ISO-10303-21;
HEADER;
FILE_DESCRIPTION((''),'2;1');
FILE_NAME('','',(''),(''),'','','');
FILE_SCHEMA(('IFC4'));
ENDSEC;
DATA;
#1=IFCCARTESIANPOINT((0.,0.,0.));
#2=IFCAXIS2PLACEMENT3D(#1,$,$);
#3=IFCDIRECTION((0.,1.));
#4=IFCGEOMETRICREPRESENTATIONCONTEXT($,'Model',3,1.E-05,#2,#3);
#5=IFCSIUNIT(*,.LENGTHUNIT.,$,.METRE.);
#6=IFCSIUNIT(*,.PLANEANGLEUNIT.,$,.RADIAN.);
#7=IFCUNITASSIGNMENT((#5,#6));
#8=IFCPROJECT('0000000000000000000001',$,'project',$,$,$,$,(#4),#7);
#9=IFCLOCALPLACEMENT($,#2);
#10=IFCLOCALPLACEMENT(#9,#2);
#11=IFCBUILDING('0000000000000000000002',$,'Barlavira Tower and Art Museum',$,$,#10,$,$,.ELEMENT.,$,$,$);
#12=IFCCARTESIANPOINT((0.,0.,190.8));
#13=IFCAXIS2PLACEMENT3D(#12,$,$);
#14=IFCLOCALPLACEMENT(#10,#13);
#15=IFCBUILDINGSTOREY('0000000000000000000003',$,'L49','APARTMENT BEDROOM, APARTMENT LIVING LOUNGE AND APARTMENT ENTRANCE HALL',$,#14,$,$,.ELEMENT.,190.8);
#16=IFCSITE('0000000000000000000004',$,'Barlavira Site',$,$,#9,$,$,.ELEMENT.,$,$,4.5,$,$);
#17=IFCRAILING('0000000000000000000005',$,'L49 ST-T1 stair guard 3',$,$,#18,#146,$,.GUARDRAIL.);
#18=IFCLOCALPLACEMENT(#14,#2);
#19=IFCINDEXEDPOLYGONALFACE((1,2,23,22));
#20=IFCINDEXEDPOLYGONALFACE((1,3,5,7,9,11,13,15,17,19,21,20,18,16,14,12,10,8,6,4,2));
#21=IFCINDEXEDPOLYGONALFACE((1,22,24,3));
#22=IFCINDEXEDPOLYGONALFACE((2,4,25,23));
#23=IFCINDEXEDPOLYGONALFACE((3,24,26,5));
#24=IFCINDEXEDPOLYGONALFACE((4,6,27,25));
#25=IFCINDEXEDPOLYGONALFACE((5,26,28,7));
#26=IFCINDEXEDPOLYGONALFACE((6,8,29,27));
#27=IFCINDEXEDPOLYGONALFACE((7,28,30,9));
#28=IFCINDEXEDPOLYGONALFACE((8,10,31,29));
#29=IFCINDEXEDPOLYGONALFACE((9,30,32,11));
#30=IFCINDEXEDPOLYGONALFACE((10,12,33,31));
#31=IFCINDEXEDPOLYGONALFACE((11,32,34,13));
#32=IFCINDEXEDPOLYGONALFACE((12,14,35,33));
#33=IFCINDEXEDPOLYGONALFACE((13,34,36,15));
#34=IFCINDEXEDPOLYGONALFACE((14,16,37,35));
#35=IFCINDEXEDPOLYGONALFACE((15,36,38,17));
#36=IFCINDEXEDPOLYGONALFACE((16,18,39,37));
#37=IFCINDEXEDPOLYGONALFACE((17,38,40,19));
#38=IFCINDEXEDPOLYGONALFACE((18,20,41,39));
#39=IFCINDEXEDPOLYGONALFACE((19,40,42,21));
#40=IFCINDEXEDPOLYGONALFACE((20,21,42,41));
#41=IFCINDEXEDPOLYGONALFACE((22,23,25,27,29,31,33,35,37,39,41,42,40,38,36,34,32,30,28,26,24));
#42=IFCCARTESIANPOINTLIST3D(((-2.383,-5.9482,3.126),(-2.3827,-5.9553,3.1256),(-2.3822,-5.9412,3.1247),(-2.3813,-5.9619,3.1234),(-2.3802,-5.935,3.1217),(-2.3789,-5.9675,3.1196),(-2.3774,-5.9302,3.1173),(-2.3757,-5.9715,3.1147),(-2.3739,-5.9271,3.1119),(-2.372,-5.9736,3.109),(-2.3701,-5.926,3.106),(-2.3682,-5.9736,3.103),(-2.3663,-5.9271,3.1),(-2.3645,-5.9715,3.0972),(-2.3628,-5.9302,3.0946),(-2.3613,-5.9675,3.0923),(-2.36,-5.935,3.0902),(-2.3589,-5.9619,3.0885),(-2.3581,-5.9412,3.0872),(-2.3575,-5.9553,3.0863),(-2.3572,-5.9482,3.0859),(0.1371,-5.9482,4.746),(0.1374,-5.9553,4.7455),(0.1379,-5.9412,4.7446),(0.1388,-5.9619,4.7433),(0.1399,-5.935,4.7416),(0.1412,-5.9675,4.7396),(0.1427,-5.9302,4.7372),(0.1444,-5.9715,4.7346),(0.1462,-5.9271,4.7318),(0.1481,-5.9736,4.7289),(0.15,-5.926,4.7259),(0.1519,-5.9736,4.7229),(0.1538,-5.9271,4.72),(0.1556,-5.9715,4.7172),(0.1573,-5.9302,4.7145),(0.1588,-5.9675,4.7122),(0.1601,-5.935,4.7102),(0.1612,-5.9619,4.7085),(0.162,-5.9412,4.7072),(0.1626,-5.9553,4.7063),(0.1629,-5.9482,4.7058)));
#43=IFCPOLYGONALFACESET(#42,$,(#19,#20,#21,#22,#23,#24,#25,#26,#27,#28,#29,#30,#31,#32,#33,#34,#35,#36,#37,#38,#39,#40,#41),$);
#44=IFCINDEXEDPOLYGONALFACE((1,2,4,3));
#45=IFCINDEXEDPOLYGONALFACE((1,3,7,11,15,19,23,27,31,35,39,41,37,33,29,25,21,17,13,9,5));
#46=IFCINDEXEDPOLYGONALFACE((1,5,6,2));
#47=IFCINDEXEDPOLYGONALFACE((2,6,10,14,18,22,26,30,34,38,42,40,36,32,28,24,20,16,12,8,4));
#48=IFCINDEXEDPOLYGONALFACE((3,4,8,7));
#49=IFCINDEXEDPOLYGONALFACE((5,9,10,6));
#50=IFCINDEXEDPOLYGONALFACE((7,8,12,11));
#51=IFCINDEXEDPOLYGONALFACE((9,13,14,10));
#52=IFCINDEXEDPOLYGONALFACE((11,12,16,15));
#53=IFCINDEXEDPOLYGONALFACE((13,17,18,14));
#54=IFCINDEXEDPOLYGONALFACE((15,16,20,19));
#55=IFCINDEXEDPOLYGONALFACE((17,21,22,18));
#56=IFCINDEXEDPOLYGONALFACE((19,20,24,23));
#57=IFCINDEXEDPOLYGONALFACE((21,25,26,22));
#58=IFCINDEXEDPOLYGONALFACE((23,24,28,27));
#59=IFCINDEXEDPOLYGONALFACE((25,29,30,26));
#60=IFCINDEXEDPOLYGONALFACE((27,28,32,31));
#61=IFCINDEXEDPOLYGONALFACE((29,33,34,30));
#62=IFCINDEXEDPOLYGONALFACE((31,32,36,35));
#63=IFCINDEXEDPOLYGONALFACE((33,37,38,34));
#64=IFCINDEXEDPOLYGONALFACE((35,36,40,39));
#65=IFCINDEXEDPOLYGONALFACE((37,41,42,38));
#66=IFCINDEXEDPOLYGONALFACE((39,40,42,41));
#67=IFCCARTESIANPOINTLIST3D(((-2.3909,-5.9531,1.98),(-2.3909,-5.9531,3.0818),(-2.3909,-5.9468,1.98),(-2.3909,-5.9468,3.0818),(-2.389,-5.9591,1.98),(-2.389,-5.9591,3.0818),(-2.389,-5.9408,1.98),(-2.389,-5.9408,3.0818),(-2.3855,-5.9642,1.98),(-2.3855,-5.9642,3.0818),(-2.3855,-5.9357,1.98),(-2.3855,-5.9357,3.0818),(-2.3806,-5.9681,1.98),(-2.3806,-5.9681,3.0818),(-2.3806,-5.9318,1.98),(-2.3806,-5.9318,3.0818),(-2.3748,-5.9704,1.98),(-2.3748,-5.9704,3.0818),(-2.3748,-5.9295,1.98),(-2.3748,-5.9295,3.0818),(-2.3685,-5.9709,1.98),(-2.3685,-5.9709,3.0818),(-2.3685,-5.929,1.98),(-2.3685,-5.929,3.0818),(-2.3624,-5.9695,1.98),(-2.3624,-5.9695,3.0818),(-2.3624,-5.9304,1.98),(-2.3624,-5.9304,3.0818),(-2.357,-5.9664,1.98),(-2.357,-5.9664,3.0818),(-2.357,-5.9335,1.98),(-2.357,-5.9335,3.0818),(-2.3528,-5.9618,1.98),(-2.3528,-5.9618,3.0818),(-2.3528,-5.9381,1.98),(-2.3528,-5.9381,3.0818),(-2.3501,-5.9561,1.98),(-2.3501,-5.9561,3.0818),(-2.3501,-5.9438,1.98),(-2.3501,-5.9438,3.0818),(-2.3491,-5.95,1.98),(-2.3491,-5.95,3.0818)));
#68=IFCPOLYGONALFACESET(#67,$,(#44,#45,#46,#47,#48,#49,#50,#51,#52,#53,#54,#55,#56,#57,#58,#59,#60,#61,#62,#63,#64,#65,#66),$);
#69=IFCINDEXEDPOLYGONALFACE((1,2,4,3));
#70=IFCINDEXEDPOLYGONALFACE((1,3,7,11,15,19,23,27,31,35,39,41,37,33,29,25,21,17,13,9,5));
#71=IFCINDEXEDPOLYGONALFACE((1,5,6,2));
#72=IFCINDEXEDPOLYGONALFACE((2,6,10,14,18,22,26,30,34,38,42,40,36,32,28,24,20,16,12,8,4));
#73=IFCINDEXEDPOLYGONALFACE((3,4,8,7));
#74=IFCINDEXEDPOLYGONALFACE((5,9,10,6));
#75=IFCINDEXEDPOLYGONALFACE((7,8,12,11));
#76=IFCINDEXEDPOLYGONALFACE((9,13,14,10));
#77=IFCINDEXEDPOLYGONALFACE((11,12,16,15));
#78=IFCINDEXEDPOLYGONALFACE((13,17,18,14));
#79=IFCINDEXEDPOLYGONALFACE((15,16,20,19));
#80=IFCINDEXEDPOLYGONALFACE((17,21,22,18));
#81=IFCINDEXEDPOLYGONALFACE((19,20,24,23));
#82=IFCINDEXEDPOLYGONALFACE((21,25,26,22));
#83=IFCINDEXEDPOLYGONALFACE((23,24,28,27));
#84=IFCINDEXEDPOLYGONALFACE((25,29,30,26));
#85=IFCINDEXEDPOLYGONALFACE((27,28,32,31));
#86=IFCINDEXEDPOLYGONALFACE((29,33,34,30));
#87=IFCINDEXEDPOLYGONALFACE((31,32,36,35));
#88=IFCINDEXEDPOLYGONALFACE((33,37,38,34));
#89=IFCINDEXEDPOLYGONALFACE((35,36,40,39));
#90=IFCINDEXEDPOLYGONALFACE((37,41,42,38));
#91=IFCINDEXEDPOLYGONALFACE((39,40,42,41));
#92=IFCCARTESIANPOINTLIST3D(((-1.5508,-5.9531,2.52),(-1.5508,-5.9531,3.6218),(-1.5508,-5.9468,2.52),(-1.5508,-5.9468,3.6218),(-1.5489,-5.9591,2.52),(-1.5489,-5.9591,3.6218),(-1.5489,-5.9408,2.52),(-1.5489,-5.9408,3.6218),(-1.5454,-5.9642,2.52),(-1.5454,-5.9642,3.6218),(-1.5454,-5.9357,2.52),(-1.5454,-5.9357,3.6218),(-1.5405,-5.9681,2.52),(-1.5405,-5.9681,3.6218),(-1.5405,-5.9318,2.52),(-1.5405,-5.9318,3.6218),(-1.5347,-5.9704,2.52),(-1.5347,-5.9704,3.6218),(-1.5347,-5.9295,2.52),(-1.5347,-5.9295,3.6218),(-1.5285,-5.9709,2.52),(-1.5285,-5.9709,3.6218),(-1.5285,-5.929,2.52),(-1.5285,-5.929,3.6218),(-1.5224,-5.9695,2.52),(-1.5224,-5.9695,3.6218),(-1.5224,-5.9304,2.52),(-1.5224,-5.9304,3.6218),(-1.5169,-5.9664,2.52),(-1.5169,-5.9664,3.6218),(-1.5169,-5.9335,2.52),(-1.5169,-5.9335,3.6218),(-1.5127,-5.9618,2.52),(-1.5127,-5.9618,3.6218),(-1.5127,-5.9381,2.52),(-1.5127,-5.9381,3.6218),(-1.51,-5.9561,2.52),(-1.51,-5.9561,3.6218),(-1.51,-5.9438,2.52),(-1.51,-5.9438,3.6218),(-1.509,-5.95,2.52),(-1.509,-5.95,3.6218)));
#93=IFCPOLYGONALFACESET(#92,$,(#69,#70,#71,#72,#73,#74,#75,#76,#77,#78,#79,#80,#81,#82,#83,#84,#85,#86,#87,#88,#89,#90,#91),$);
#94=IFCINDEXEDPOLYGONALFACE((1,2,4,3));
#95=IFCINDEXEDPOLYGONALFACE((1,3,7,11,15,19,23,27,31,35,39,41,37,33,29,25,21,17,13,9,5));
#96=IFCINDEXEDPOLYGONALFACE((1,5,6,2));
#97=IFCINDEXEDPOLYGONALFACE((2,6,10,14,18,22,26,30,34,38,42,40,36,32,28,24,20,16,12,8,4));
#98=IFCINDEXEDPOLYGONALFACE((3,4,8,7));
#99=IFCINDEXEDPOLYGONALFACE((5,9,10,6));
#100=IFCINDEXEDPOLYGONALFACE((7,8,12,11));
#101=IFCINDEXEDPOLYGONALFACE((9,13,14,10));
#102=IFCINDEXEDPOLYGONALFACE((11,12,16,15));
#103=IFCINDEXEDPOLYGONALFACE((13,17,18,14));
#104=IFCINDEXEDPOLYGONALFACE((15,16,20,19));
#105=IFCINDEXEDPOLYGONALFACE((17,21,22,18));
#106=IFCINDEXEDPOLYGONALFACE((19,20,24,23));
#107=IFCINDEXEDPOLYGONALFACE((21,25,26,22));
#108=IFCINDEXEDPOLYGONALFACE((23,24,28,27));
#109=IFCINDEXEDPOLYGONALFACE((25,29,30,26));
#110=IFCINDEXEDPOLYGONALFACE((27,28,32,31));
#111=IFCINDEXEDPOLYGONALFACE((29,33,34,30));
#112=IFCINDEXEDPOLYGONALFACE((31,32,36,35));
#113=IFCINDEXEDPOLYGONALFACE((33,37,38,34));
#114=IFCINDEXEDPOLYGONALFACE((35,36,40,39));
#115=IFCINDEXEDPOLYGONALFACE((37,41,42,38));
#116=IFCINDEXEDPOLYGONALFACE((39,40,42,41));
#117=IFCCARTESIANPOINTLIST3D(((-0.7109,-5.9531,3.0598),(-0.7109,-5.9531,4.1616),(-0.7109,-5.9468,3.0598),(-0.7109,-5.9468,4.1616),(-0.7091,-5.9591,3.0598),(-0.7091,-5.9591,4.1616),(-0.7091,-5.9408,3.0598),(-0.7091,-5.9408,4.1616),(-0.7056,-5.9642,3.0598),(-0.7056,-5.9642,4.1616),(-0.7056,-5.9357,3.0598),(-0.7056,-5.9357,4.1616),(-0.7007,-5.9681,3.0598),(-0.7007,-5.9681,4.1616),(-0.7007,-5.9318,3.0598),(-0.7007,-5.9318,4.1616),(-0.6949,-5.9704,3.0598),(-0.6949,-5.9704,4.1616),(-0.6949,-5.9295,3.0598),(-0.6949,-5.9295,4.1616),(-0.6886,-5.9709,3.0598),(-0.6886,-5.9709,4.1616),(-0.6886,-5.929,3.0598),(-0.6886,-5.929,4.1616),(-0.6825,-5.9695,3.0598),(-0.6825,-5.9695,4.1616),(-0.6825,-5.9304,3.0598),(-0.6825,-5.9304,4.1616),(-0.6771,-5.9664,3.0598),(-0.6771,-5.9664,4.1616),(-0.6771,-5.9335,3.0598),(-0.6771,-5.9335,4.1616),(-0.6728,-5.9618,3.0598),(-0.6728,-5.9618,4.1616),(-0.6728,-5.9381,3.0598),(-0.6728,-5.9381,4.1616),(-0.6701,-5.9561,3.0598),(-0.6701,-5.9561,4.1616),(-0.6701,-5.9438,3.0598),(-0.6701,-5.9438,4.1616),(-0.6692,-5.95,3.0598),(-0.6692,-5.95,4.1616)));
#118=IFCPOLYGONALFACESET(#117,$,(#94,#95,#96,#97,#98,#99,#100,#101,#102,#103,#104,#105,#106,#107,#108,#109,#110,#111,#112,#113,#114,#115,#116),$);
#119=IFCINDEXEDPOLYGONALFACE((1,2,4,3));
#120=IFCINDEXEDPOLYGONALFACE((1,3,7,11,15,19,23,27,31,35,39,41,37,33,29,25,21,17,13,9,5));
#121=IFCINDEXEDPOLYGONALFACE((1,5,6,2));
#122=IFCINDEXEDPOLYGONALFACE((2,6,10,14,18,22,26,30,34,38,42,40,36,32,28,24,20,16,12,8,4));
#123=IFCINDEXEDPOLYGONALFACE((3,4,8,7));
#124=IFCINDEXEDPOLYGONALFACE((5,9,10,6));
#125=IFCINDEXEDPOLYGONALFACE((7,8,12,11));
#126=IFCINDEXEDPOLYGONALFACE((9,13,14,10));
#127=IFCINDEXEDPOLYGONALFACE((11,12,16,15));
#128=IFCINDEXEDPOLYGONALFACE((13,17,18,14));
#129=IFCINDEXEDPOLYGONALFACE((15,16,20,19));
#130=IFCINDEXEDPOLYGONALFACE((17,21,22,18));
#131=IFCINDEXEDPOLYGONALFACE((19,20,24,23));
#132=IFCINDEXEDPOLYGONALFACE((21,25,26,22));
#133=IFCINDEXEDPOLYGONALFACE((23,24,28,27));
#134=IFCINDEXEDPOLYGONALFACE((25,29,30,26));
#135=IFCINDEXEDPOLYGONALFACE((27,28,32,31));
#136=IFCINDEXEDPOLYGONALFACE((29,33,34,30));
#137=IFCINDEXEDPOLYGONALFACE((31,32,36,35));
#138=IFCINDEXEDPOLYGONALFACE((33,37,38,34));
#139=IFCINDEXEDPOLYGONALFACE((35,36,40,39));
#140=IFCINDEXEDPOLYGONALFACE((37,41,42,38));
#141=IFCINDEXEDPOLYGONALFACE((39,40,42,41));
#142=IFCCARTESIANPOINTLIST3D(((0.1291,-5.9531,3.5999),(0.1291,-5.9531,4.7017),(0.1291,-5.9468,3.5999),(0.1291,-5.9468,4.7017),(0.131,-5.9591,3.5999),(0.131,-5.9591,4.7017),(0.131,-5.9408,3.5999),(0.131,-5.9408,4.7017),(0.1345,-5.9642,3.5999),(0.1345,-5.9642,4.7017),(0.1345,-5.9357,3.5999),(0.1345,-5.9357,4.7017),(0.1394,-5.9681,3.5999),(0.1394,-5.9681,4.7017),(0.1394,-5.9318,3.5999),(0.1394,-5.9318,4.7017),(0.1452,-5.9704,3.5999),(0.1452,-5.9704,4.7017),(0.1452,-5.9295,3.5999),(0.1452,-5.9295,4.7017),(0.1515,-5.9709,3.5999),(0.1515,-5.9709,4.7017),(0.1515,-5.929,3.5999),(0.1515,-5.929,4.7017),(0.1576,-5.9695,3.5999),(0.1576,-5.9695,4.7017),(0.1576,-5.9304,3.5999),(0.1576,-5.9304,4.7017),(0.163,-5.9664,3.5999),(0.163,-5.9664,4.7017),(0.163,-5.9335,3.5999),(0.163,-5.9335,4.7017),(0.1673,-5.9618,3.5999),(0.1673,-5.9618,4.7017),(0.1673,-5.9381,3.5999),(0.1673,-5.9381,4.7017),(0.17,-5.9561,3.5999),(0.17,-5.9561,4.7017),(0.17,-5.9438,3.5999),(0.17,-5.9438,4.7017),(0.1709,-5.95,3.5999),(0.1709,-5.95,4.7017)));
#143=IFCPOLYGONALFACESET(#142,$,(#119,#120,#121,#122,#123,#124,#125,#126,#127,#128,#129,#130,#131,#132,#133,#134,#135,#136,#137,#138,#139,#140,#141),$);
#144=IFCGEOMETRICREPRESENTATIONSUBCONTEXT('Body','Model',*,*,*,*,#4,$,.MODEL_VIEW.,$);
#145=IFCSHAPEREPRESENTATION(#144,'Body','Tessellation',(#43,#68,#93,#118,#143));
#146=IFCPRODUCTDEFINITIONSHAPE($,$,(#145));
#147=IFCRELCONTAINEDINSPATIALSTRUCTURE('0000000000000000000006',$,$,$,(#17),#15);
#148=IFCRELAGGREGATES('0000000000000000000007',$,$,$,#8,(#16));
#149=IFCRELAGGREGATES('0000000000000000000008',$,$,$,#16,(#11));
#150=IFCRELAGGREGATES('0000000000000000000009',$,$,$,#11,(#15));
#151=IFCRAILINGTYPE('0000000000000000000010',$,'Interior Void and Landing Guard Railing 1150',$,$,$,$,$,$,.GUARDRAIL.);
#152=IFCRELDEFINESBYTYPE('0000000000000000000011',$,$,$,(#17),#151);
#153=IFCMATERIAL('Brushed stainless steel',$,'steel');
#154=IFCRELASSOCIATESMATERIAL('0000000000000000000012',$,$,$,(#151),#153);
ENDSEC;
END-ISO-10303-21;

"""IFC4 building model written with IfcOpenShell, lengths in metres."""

from ifc_helpers import new_model, si_unit, direction, frame, origin, origin_2d, place, context, subcontext, project, spatial, circle, extrude, material, type_object, element, save


model = new_model("IFC4")

# Units and contexts
model_context = context("Model", 3, precision=1e-05, world=origin(), true_north=direction((0.0, 1.0)))
body_context = subcontext(model_context, "Body", "Model", "MODEL_VIEW")
ifc_project = project(units=[si_unit("LENGTHUNIT", "METRE"), si_unit("PLANEANGLEUNIT", "RADIAN")], contexts=[model_context])

# Site, building, storey
site_placement = place(None, origin())
site = spatial("IfcSite", under=ifc_project, at=site_placement, Name="Barlavira Site", CompositionType="ELEMENT", RefElevation=4.5)
building_placement = place(site_placement, origin())
building = spatial("IfcBuilding", under=site, at=building_placement, Name="Barlavira Tower and Art Museum", CompositionType="ELEMENT")
storey_placement = place(building_placement, frame((0.0, 0.0, 190.8)))
storey = spatial("IfcBuildingStorey", under=building, at=storey_placement, Name="L49", Description="APARTMENT BEDROOM, APARTMENT LIVING LOUNGE AND APARTMENT ENTRANCE HALL", CompositionType="ELEMENT", Elevation=190.8)

# Shared definitions
ifc_material_1 = material(Name="Brushed stainless steel", Category="steel")

# Railing
railing_type_1 = type_object("IfcRailingType", Name="Interior Void and Landing Guard Railing 1150", PredefinedType="GUARDRAIL", material=ifc_material_1)
railing_1_placement = place(storey_placement, frame((-2.3701, -5.95, 1.98)))
element("IfcRailing", 1, at=railing_1_placement, inside=storey, type_object=railing_type_1, Name="L49 ST-T1 stair guard 3", PredefinedType="GUARDRAIL", context=body_context, shape_type="SweptSolid", body=[
    extrude(circle(Radius=0.0239, at=origin_2d()), frame((0.0, 0.0, 1.126), z_axis=(0.8412, 0.0, 0.540725), x_axis=(0.0, 1.0, 0.0)), (0.0, 0.0, 1.0), 2.9958),
    extrude(circle(Radius=0.021, at=origin_2d()), origin(), (0.0, 0.0, 1.0), 1.1018),
    extrude(circle(Radius=0.021, at=origin_2d()), frame((0.8401, 0.0, 0.54)), (0.0, 0.0, 1.0), 1.1018),
    extrude(circle(Radius=0.021, at=origin_2d()), frame((1.6799, 0.0, 1.0798)), (0.0, 0.0, 1.0), 1.1018),
    extrude(circle(Radius=0.021, at=origin_2d()), frame((2.52, 0.0, 1.6199)), (0.0, 0.0, 1.0), 1.1018),
])

save(model, "model.ifc")
